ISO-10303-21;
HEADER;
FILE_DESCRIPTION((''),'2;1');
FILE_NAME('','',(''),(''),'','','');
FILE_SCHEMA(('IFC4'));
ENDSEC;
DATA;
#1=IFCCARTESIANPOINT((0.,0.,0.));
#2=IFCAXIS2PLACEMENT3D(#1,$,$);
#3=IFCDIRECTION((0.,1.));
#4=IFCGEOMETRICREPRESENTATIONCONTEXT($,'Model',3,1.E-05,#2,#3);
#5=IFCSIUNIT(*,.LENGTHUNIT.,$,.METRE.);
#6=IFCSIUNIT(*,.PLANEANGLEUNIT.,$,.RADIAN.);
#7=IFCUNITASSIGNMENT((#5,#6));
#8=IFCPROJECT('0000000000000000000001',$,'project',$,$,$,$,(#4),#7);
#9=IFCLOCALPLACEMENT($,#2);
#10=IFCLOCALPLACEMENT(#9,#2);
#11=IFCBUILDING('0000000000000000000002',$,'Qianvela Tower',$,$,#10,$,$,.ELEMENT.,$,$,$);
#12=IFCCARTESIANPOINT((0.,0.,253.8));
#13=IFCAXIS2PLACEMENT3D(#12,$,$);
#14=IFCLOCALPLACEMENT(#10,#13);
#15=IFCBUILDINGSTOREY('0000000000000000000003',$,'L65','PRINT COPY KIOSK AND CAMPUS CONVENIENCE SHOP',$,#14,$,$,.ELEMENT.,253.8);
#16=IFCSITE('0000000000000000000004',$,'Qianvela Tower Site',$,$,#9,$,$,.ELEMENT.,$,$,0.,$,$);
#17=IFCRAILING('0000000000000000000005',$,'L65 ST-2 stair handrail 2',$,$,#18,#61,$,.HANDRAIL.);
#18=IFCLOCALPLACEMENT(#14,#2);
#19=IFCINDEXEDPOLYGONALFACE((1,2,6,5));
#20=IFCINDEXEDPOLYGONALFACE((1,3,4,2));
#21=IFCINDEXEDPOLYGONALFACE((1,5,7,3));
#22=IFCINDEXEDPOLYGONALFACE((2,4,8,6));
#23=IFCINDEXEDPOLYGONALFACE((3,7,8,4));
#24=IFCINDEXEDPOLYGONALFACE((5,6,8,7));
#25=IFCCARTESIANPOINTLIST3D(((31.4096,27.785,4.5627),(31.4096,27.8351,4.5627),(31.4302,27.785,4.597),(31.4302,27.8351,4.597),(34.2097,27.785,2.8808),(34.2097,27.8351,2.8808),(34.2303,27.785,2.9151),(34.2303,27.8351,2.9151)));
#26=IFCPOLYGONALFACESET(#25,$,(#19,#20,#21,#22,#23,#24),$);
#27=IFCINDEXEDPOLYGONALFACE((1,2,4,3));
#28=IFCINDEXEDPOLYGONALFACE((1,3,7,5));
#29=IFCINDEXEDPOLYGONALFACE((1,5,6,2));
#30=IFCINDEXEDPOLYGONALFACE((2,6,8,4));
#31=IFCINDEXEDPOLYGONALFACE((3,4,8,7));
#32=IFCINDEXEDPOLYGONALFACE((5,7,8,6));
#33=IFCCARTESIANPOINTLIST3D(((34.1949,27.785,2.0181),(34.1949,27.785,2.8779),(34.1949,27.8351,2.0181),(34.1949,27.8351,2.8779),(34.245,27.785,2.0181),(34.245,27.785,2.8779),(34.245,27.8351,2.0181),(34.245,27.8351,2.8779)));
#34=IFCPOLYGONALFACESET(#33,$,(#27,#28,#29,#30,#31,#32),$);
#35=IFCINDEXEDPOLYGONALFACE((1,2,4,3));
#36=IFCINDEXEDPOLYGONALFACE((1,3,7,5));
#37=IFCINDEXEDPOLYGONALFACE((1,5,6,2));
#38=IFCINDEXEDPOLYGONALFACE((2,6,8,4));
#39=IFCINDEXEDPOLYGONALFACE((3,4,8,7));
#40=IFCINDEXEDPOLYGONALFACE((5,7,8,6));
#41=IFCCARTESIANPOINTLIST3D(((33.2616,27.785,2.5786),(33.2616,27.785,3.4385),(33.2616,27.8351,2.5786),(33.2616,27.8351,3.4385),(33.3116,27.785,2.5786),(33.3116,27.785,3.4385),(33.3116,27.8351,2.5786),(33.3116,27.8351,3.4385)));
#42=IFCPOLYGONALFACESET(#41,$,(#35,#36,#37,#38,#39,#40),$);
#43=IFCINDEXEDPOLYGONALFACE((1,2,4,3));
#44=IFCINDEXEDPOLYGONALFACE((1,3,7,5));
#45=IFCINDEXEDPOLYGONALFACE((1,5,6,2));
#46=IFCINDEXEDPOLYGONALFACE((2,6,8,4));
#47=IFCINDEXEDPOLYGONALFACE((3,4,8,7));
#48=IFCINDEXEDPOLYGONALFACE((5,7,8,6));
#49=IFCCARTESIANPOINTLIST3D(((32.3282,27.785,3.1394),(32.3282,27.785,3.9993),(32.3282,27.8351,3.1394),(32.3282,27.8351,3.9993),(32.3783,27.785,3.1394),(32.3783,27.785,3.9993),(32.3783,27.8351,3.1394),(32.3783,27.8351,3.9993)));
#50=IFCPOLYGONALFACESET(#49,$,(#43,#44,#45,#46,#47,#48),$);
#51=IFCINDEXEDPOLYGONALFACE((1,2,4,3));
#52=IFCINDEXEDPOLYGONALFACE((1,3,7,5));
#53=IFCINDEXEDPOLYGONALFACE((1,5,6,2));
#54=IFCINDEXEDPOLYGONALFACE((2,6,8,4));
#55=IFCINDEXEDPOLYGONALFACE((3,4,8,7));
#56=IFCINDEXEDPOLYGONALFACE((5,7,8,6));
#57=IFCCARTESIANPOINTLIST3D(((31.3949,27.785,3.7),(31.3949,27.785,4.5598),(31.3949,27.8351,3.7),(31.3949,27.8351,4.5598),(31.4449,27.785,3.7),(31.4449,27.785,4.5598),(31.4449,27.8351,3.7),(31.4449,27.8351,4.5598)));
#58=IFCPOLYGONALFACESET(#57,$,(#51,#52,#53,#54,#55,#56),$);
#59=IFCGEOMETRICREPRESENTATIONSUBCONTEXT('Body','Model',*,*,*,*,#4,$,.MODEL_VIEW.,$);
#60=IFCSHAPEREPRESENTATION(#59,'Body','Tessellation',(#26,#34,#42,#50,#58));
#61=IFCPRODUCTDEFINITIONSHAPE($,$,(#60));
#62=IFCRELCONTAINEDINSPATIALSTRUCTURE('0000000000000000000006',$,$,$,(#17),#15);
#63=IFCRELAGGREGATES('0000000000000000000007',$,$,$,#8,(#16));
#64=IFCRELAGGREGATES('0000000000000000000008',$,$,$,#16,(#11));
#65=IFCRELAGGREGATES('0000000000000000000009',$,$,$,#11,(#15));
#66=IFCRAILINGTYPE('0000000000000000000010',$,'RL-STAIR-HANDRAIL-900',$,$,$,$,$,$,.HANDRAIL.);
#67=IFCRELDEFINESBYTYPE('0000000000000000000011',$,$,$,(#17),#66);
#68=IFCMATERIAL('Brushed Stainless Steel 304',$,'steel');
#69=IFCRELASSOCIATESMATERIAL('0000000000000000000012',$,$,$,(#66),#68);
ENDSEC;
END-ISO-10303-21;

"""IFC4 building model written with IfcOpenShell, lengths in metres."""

from ifc_helpers import new_model, si_unit, direction, frame, origin, origin_2d, place, context, subcontext, project, spatial, rectangle, extrude, material, type_object, element, save


model = new_model("IFC4")

# Units and contexts
model_context = context("Model", 3, precision=1e-05, world=origin(), true_north=direction((0.0, 1.0)))
body_context = subcontext(model_context, "Body", "Model", "MODEL_VIEW")
ifc_project = project(units=[si_unit("LENGTHUNIT", "METRE"), si_unit("PLANEANGLEUNIT", "RADIAN")], contexts=[model_context])

# Site, building, storey
site_placement = place(None, origin())
site = spatial("IfcSite", under=ifc_project, at=site_placement, Name="Qianvela Tower Site", CompositionType="ELEMENT", RefElevation=0.0)
building_placement = place(site_placement, origin())
building = spatial("IfcBuilding", under=site, at=building_placement, Name="Qianvela Tower", CompositionType="ELEMENT")
storey_placement = place(building_placement, frame((0.0, 0.0, 253.8)))
storey = spatial("IfcBuildingStorey", under=building, at=storey_placement, Name="L65", Description="PRINT COPY KIOSK AND CAMPUS CONVENIENCE SHOP", CompositionType="ELEMENT", Elevation=253.8)

# Railing
ifc_material_1 = material(Name="Brushed Stainless Steel 304", Category="steel")
railing_type_1 = type_object("IfcRailingType", Name="RL-STAIR-HANDRAIL-900", PredefinedType="HANDRAIL", material=ifc_material_1)
railing_1_placement = place(storey_placement, frame((34.22, 27.8101, 2.0181)))
element("IfcRailing", 1, at=railing_1_placement, inside=storey, type_object=railing_type_1, Name="L65 ST-2 stair handrail 2", PredefinedType="HANDRAIL", context=body_context, shape_type="SweptSolid", body=[
    extrude(rectangle(XDim=0.05, YDim=0.04, at=origin_2d()), frame((0.0, 0.0, 0.8799), z_axis=(-0.857242, 0.0, 0.514913), x_axis=(0.0, -1.0, 0.0)), (0.0, 0.0, 1.0), 3.2664),
    extrude(rectangle(XDim=0.05, YDim=0.05, at=origin_2d()), origin(), (0.0, 0.0, 1.0), 0.8599),
    extrude(rectangle(XDim=0.05, YDim=0.05, at=origin_2d()), frame((-0.9333, 0.0, 0.5605)), (0.0, 0.0, 1.0), 0.8599),
    extrude(rectangle(XDim=0.05, YDim=0.05, at=origin_2d()), frame((-1.8667, 0.0, 1.1213)), (0.0, 0.0, 1.0), 0.8599),
    extrude(rectangle(XDim=0.05, YDim=0.05, at=origin_2d()), frame((-2.8, 0.0, 1.6819)), (0.0, 0.0, 1.0), 0.8599),
])

save(model, "model.ifc")
